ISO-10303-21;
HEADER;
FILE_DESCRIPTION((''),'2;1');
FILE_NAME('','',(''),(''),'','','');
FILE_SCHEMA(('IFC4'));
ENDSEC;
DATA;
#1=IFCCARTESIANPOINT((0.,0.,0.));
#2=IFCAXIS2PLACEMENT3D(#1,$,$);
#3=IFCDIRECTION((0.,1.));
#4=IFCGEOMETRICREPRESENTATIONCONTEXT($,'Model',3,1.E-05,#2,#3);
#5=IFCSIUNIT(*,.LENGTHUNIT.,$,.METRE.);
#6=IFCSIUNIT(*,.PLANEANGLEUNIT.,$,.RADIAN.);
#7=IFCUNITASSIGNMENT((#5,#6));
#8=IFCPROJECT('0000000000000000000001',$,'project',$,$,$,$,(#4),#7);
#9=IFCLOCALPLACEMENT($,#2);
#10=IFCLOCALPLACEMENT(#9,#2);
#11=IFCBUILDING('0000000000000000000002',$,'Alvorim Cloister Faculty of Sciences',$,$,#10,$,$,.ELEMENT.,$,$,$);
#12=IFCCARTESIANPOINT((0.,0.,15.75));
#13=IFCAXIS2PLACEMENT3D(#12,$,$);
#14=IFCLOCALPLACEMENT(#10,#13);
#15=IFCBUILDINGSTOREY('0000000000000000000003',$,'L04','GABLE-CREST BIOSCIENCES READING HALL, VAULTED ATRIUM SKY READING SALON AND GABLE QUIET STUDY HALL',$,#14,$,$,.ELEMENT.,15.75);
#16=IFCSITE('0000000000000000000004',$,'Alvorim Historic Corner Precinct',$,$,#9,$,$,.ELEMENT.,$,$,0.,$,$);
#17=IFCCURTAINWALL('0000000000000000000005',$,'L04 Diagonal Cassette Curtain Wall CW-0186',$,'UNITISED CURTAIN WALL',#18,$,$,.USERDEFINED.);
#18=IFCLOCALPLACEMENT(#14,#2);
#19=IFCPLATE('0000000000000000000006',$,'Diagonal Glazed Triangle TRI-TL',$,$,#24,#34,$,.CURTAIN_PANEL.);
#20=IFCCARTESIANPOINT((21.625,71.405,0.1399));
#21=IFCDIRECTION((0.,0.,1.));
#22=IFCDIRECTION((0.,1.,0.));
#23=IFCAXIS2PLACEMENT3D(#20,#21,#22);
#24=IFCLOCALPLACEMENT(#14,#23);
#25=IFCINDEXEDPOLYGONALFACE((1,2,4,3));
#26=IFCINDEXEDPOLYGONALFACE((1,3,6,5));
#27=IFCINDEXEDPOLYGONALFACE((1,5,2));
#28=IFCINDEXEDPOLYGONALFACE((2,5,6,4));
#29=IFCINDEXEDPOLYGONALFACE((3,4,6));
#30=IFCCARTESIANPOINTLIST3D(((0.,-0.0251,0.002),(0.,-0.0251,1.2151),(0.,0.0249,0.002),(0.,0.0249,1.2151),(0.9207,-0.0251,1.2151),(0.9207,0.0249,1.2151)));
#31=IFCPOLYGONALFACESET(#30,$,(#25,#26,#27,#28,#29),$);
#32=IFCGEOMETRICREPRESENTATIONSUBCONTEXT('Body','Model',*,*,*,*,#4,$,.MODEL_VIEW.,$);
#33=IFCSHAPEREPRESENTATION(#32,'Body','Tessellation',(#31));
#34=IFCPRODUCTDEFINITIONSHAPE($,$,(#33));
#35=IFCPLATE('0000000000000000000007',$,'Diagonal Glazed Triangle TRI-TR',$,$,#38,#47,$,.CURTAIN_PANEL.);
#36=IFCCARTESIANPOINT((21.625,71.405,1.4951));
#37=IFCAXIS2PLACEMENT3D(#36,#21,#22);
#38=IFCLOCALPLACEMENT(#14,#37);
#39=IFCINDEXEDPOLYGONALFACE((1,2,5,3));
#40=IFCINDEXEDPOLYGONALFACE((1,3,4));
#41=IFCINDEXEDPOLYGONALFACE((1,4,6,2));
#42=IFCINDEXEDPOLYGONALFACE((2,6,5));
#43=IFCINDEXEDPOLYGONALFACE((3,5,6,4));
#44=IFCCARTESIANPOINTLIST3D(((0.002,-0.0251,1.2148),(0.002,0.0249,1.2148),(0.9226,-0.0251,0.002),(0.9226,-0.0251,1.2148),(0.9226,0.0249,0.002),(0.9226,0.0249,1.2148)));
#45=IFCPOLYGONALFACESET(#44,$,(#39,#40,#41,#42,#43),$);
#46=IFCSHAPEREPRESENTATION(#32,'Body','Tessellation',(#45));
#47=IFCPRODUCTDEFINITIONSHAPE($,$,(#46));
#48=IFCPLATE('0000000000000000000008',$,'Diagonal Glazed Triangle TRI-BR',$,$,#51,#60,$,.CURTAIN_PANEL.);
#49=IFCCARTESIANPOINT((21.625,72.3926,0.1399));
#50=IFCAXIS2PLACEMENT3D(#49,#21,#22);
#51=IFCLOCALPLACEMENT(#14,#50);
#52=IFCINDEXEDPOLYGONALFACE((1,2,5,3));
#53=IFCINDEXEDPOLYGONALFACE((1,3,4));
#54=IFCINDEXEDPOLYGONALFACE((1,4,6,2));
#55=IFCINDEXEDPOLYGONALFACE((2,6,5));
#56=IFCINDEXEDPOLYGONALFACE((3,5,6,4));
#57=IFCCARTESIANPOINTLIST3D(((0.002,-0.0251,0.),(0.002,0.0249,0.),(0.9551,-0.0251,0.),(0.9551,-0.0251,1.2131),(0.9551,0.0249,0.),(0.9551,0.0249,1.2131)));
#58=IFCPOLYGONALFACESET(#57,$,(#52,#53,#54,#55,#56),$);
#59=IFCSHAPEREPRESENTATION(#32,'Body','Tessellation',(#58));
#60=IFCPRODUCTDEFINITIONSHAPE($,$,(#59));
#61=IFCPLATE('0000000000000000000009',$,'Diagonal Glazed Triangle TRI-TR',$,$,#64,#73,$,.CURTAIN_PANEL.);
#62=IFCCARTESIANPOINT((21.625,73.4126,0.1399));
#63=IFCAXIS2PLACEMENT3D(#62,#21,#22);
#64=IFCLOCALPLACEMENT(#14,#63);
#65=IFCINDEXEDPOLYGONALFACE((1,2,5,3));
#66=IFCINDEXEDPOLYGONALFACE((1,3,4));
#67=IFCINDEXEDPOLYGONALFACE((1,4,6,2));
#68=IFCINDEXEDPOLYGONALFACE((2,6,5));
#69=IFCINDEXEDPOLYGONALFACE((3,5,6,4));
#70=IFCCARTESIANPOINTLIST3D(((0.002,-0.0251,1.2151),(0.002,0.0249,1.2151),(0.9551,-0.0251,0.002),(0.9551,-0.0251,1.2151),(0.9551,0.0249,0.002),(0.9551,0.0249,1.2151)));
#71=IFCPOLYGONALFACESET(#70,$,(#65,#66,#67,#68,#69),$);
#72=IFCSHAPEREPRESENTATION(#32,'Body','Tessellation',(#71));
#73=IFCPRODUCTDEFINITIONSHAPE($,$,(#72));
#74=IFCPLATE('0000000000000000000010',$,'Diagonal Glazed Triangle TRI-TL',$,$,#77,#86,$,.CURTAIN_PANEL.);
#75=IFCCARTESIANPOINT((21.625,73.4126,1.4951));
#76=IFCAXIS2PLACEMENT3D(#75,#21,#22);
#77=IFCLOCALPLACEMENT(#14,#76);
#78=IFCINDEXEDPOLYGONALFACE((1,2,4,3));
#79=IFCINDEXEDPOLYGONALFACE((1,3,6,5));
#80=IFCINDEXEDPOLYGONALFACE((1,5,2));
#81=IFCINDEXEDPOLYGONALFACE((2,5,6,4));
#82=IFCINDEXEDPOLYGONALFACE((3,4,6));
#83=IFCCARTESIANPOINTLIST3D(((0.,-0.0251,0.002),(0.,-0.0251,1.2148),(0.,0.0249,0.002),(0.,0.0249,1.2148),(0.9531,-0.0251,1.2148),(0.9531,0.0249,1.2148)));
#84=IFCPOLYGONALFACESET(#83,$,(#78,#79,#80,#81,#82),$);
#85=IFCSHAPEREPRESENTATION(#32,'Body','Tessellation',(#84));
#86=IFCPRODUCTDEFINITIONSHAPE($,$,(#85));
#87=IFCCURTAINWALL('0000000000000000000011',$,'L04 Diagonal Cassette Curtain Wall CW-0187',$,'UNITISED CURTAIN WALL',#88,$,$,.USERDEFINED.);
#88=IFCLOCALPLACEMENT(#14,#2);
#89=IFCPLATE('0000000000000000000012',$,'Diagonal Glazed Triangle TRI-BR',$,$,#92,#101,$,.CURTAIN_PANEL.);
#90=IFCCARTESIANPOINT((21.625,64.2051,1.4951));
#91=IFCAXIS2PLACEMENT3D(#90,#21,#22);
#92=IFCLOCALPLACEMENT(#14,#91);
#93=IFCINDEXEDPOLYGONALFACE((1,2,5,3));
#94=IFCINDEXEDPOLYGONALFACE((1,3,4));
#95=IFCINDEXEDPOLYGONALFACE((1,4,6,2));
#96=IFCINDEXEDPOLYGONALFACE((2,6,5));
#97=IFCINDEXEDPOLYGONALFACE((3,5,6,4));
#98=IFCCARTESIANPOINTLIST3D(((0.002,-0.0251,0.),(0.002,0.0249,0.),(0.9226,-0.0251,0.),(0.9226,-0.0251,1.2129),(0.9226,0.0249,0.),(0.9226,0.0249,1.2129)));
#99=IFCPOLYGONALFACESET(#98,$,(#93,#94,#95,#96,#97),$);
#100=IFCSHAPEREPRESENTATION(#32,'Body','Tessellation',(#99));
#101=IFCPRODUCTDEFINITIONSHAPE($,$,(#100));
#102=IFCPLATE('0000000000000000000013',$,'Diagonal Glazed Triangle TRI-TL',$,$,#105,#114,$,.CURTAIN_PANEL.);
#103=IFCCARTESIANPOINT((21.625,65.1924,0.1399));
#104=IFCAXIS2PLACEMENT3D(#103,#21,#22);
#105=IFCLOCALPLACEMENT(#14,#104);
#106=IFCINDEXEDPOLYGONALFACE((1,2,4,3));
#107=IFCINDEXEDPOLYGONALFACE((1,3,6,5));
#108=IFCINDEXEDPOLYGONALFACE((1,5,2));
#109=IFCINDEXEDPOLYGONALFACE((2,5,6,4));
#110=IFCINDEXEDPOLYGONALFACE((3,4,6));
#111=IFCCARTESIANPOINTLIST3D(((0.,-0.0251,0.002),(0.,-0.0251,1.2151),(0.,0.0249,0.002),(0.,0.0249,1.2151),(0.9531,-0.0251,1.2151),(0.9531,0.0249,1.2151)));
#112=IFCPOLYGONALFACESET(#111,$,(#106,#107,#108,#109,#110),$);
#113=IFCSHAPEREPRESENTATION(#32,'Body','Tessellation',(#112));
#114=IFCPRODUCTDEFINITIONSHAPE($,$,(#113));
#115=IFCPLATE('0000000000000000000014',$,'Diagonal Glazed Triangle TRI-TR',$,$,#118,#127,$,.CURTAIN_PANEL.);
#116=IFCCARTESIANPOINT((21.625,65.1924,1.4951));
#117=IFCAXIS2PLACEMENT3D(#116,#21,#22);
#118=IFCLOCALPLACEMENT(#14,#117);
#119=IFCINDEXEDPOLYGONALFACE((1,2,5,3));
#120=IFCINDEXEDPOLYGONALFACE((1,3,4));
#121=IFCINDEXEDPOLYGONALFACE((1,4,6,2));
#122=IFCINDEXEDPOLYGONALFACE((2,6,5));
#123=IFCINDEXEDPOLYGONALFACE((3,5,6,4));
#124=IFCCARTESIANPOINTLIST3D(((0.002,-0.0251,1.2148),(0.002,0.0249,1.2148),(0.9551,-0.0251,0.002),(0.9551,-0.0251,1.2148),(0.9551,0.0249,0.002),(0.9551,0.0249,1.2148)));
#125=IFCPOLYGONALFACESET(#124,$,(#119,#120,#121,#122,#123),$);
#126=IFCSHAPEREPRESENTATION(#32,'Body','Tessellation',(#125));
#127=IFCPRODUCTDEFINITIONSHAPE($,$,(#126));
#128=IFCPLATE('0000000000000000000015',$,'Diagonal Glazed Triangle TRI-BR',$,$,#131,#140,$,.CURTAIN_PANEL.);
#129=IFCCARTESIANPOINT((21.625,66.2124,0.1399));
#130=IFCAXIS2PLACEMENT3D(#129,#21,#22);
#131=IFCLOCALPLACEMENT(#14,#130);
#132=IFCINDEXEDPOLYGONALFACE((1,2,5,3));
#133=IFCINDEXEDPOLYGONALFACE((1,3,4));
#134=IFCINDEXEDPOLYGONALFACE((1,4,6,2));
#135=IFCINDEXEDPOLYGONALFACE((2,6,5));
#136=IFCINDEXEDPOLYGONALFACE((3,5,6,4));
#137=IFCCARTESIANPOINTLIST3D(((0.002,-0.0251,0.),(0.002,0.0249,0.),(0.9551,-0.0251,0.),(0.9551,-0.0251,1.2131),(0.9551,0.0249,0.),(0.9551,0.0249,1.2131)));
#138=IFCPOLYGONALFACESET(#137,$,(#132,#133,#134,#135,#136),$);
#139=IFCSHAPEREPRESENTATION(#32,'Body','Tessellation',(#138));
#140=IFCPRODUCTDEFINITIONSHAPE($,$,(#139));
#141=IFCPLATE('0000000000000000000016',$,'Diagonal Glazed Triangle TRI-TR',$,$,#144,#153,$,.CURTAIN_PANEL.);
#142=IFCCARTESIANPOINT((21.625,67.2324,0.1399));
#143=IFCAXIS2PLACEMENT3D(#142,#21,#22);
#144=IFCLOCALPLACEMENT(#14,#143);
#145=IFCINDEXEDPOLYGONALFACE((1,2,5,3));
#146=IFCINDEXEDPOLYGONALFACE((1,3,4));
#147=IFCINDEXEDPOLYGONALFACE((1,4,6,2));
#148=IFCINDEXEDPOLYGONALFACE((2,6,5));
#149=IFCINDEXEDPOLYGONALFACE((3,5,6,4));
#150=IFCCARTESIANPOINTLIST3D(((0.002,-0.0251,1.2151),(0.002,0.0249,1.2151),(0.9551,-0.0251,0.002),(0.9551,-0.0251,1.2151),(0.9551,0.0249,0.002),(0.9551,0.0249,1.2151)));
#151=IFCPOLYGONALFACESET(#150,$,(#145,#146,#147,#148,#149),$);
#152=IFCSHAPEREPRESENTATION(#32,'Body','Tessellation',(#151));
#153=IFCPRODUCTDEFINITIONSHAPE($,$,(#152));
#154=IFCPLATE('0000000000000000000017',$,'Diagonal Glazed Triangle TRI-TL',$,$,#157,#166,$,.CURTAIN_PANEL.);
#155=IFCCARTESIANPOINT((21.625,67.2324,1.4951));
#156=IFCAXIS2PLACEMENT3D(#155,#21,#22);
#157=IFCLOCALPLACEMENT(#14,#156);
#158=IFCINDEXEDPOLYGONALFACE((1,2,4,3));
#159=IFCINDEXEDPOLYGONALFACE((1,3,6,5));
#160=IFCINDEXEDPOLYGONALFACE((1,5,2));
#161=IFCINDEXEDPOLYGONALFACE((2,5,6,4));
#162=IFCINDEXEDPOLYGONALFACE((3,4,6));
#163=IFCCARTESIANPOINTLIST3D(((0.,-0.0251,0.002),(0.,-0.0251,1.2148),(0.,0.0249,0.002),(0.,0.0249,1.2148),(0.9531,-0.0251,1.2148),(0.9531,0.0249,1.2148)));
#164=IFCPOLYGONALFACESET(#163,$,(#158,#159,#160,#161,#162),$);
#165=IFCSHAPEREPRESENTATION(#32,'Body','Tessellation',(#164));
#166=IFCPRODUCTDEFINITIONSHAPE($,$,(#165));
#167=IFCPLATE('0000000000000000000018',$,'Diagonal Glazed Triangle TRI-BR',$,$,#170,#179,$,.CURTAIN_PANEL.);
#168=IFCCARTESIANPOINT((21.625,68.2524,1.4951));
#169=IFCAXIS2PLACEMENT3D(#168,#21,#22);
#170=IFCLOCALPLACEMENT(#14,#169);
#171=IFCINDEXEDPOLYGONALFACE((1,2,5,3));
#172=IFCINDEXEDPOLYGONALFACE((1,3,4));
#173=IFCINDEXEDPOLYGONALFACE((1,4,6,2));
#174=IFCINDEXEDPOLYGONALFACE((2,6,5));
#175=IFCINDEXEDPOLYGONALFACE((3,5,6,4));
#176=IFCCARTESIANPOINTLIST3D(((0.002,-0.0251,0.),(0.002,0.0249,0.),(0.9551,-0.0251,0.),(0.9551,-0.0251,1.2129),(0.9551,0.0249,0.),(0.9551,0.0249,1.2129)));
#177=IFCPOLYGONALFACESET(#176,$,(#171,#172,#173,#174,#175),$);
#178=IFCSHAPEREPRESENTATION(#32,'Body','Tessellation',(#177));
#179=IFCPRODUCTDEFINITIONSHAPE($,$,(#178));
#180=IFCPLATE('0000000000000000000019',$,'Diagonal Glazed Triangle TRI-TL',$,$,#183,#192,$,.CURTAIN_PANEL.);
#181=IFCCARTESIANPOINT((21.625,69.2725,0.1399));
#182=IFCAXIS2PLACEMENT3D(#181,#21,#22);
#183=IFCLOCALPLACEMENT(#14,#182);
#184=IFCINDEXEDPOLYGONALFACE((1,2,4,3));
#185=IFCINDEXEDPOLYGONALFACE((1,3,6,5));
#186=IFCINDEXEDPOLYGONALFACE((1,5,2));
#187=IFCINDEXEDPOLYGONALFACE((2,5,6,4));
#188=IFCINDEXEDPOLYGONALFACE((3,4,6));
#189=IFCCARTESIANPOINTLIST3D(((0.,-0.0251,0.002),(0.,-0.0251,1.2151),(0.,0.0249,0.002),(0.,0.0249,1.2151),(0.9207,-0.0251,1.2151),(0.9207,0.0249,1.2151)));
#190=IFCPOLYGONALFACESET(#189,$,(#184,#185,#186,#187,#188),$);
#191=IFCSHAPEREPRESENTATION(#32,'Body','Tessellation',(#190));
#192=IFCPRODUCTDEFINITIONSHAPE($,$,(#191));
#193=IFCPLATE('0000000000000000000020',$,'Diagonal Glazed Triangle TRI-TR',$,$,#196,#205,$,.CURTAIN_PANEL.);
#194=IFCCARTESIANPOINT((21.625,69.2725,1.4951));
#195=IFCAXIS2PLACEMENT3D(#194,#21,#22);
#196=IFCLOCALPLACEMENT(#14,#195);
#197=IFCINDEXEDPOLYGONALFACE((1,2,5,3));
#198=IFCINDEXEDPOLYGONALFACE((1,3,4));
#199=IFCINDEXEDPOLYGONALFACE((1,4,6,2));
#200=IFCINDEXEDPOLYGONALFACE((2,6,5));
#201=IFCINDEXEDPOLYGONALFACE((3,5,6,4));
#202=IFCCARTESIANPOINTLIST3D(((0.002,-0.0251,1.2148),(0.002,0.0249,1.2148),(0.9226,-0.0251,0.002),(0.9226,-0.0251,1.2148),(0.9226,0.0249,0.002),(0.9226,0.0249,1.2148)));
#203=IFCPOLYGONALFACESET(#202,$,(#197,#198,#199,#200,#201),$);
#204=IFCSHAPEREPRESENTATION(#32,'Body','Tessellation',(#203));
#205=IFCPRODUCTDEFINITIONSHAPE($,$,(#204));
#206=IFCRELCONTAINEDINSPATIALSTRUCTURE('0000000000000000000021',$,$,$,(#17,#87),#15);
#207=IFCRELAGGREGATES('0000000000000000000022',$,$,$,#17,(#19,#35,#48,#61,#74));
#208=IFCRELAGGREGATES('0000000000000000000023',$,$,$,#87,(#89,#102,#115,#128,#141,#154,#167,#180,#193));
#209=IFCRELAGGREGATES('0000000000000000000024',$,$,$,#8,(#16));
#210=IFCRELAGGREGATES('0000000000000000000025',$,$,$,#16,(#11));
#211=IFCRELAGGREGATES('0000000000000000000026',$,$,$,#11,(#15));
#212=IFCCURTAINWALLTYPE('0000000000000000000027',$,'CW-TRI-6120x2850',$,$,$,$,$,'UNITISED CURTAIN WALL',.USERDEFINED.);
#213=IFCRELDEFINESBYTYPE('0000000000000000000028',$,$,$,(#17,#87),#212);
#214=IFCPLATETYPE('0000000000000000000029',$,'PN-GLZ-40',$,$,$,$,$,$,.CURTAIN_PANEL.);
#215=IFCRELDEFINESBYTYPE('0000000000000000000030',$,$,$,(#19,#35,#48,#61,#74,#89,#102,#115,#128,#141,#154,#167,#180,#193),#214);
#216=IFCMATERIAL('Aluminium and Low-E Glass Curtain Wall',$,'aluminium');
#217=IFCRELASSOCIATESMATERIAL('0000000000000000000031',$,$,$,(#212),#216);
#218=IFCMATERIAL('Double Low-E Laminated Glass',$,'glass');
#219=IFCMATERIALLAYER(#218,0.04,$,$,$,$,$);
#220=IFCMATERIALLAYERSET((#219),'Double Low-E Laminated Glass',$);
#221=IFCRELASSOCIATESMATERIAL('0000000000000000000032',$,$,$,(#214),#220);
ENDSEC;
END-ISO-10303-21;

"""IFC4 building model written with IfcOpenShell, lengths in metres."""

from ifc_helpers import new_model, si_unit, direction, frame, origin, place, context, subcontext, project, spatial, polyline, outline, extrude, material, layer, layer_set, type_object, element, aggregate, save


model = new_model("IFC4")

# Units and contexts
model_context = context("Model", 3, precision=1e-05, world=origin(), true_north=direction((0.0, 1.0)))
body_context = subcontext(model_context, "Body", "Model", "MODEL_VIEW")
ifc_project = project(units=[si_unit("LENGTHUNIT", "METRE"), si_unit("PLANEANGLEUNIT", "RADIAN")], contexts=[model_context])

# Site, building, storey
site_placement = place(None, origin())
site = spatial("IfcSite", under=ifc_project, at=site_placement, Name="Alvorim Historic Corner Precinct", CompositionType="ELEMENT", RefElevation=0.0)
building_placement = place(site_placement, origin())
building = spatial("IfcBuilding", under=site, at=building_placement, Name="Alvorim Cloister Faculty of Sciences", CompositionType="ELEMENT")
storey_placement = place(building_placement, frame((0.0, 0.0, 15.75)))
storey = spatial("IfcBuildingStorey", under=building, at=storey_placement, Name="L04", Description="GABLE-CREST BIOSCIENCES READING HALL, VAULTED ATRIUM SKY READING SALON AND GABLE QUIET STUDY HALL", CompositionType="ELEMENT", Elevation=15.75)

# Curtain walls, plates
ifc_material_1 = material(Name="Aluminium and Low-E Glass Curtain Wall", Category="aluminium")
curtain_wall_type = type_object("IfcCurtainWallType", Name="CW-TRI-6120x2850", ElementType="UNITISED CURTAIN WALL", PredefinedType="USERDEFINED", material=ifc_material_1)
curtain_wall_1_placement = place(storey_placement, origin())
curtain_wall_1 = element("IfcCurtainWall", 1, at=curtain_wall_1_placement, inside=storey, type_object=curtain_wall_type, Name="L04 Diagonal Cassette Curtain Wall CW-0186", ObjectType="UNITISED CURTAIN WALL", PredefinedType="USERDEFINED")
ifc_material_2 = material(Name="Double Low-E Laminated Glass", Category="glass")
ifc_layer = layer(ifc_material_2, 0.04)
ifc_layer_set = layer_set([ifc_layer], Name="Double Low-E Laminated Glass")
plate_type = type_object("IfcPlateType", Name="PN-GLZ-40", PredefinedType="CURTAIN_PANEL", material=ifc_layer_set)
plate_1_placement = place(storey_placement, frame((21.625, 71.405, 0.1399), z_axis=(0.0, 0.0, 1.0), x_axis=(0.0, 1.0, 0.0)))
plate_1 = element("IfcPlate", 2, at=plate_1_placement, type_object=plate_type, Name="Diagonal Glazed Triangle TRI-TL", PredefinedType="CURTAIN_PANEL", context=body_context, shape_type="SweptSolid", body=[
    extrude(outline(polyline([(0.9207, 1.2151), (0.0, 1.2151), (0.0, 0.002), (0.9207, 1.2151)])), frame((0.0, 0.0249, 0.0), z_axis=(0.0, -1.0, 0.0), x_axis=(1.0, 0.0, 0.0)), (0.0, 0.0, 1.0), 0.05),
])
plate_2_placement = place(storey_placement, frame((21.625, 71.405, 1.4951), z_axis=(0.0, 0.0, 1.0), x_axis=(0.0, 1.0, 0.0)))
plate_2 = element("IfcPlate", 3, at=plate_2_placement, type_object=plate_type, Name="Diagonal Glazed Triangle TRI-TR", PredefinedType="CURTAIN_PANEL", context=body_context, shape_type="SweptSolid", body=[
    extrude(outline(polyline([(0.9226, 0.002), (0.9226, 1.2148), (0.002, 1.2148), (0.9226, 0.002)])), frame((0.0, 0.0249, 0.0), z_axis=(0.0, -1.0, 0.0), x_axis=(1.0, 0.0, 0.0)), (0.0, 0.0, 1.0), 0.05),
])
plate_3_placement = place(storey_placement, frame((21.625, 72.3926, 0.1399), z_axis=(0.0, 0.0, 1.0), x_axis=(0.0, 1.0, 0.0)))
plate_3 = element("IfcPlate", 4, at=plate_3_placement, type_object=plate_type, Name="Diagonal Glazed Triangle TRI-BR", PredefinedType="CURTAIN_PANEL", context=body_context, shape_type="SweptSolid", body=[
    extrude(outline(polyline([(0.002, 0.0), (0.9551, 0.0), (0.9551, 1.2131), (0.002, 0.0)])), frame((0.0, 0.0249, 0.0), z_axis=(0.0, -1.0, 0.0), x_axis=(1.0, 0.0, 0.0)), (0.0, 0.0, 1.0), 0.05),
])
plate_4_placement = place(storey_placement, frame((21.625, 73.4126, 0.1399), z_axis=(0.0, 0.0, 1.0), x_axis=(0.0, 1.0, 0.0)))
plate_4 = element("IfcPlate", 5, at=plate_4_placement, type_object=plate_type, Name="Diagonal Glazed Triangle TRI-TR", PredefinedType="CURTAIN_PANEL", context=body_context, shape_type="SweptSolid", body=[
    extrude(outline(polyline([(0.9551, 0.002), (0.9551, 1.2151), (0.002, 1.2151), (0.9551, 0.002)])), frame((0.0, 0.0249, 0.0), z_axis=(0.0, -1.0, 0.0), x_axis=(1.0, 0.0, 0.0)), (0.0, 0.0, 1.0), 0.05),
])
plate_5_placement = place(storey_placement, frame((21.625, 73.4126, 1.4951), z_axis=(0.0, 0.0, 1.0), x_axis=(0.0, 1.0, 0.0)))
plate_5 = element("IfcPlate", 6, at=plate_5_placement, type_object=plate_type, Name="Diagonal Glazed Triangle TRI-TL", PredefinedType="CURTAIN_PANEL", context=body_context, shape_type="SweptSolid", body=[
    extrude(outline(polyline([(0.9531, 1.2148), (0.0, 1.2148), (0.0, 0.002), (0.9531, 1.2148)])), frame((0.0, 0.0249, 0.0), z_axis=(0.0, -1.0, 0.0), x_axis=(1.0, 0.0, 0.0)), (0.0, 0.0, 1.0), 0.05),
])
aggregate(curtain_wall_1, [plate_1, plate_2, plate_3, plate_4, plate_5])
curtain_wall_2_placement = place(storey_placement, origin())
curtain_wall_2 = element("IfcCurtainWall", 7, at=curtain_wall_2_placement, inside=storey, type_object=curtain_wall_type, Name="L04 Diagonal Cassette Curtain Wall CW-0187", ObjectType="UNITISED CURTAIN WALL", PredefinedType="USERDEFINED")
plate_6_placement = place(storey_placement, frame((21.625, 64.2051, 1.4951), z_axis=(0.0, 0.0, 1.0), x_axis=(0.0, 1.0, 0.0)))
plate_6 = element("IfcPlate", 8, at=plate_6_placement, type_object=plate_type, Name="Diagonal Glazed Triangle TRI-BR", PredefinedType="CURTAIN_PANEL", context=body_context, shape_type="SweptSolid", body=[
    extrude(outline(polyline([(0.002, 0.0), (0.9226, 0.0), (0.9226, 1.2129), (0.002, 0.0)])), frame((0.0, 0.0249, 0.0), z_axis=(0.0, -1.0, 0.0), x_axis=(1.0, 0.0, 0.0)), (0.0, 0.0, 1.0), 0.05),
])
plate_7_placement = place(storey_placement, frame((21.625, 65.1924, 0.1399), z_axis=(0.0, 0.0, 1.0), x_axis=(0.0, 1.0, 0.0)))
plate_7 = element("IfcPlate", 9, at=plate_7_placement, type_object=plate_type, Name="Diagonal Glazed Triangle TRI-TL", PredefinedType="CURTAIN_PANEL", context=body_context, shape_type="SweptSolid", body=[
    extrude(outline(polyline([(0.9531, 1.2151), (0.0, 1.2151), (0.0, 0.002), (0.9531, 1.2151)])), frame((0.0, 0.0249, 0.0), z_axis=(0.0, -1.0, 0.0), x_axis=(1.0, 0.0, 0.0)), (0.0, 0.0, 1.0), 0.05),
])
plate_8_placement = place(storey_placement, frame((21.625, 65.1924, 1.4951), z_axis=(0.0, 0.0, 1.0), x_axis=(0.0, 1.0, 0.0)))
plate_8 = element("IfcPlate", 10, at=plate_8_placement, type_object=plate_type, Name="Diagonal Glazed Triangle TRI-TR", PredefinedType="CURTAIN_PANEL", context=body_context, shape_type="SweptSolid", body=[
    extrude(outline(polyline([(0.9551, 0.002), (0.9551, 1.2148), (0.002, 1.2148), (0.9551, 0.002)])), frame((0.0, 0.0249, 0.0), z_axis=(0.0, -1.0, 0.0), x_axis=(1.0, 0.0, 0.0)), (0.0, 0.0, 1.0), 0.05),
])
plate_9_placement = place(storey_placement, frame((21.625, 66.2124, 0.1399), z_axis=(0.0, 0.0, 1.0), x_axis=(0.0, 1.0, 0.0)))
plate_9 = element("IfcPlate", 11, at=plate_9_placement, type_object=plate_type, Name="Diagonal Glazed Triangle TRI-BR", PredefinedType="CURTAIN_PANEL", context=body_context, shape_type="SweptSolid", body=[
    extrude(outline(polyline([(0.002, 0.0), (0.9551, 0.0), (0.9551, 1.2131), (0.002, 0.0)])), frame((0.0, 0.0249, 0.0), z_axis=(0.0, -1.0, 0.0), x_axis=(1.0, 0.0, 0.0)), (0.0, 0.0, 1.0), 0.05),
])
plate_10_placement = place(storey_placement, frame((21.625, 67.2324, 0.1399), z_axis=(0.0, 0.0, 1.0), x_axis=(0.0, 1.0, 0.0)))
plate_10 = element("IfcPlate", 12, at=plate_10_placement, type_object=plate_type, Name="Diagonal Glazed Triangle TRI-TR", PredefinedType="CURTAIN_PANEL", context=body_context, shape_type="SweptSolid", body=[
    extrude(outline(polyline([(0.9551, 0.002), (0.9551, 1.2151), (0.002, 1.2151), (0.9551, 0.002)])), frame((0.0, 0.0249, 0.0), z_axis=(0.0, -1.0, 0.0), x_axis=(1.0, 0.0, 0.0)), (0.0, 0.0, 1.0), 0.05),
])
plate_11_placement = place(storey_placement, frame((21.625, 67.2324, 1.4951), z_axis=(0.0, 0.0, 1.0), x_axis=(0.0, 1.0, 0.0)))
plate_11 = element("IfcPlate", 13, at=plate_11_placement, type_object=plate_type, Name="Diagonal Glazed Triangle TRI-TL", PredefinedType="CURTAIN_PANEL", context=body_context, shape_type="SweptSolid", body=[
    extrude(outline(polyline([(0.9531, 1.2148), (0.0, 1.2148), (0.0, 0.002), (0.9531, 1.2148)])), frame((0.0, 0.0249, 0.0), z_axis=(0.0, -1.0, 0.0), x_axis=(1.0, 0.0, 0.0)), (0.0, 0.0, 1.0), 0.05),
])
plate_12_placement = place(storey_placement, frame((21.625, 68.2524, 1.4951), z_axis=(0.0, 0.0, 1.0), x_axis=(0.0, 1.0, 0.0)))
plate_12 = element("IfcPlate", 14, at=plate_12_placement, type_object=plate_type, Name="Diagonal Glazed Triangle TRI-BR", PredefinedType="CURTAIN_PANEL", context=body_context, shape_type="SweptSolid", body=[
    extrude(outline(polyline([(0.002, 0.0), (0.9551, 0.0), (0.9551, 1.2129), (0.002, 0.0)])), frame((0.0, 0.0249, 0.0), z_axis=(0.0, -1.0, 0.0), x_axis=(1.0, 0.0, 0.0)), (0.0, 0.0, 1.0), 0.05),
])
plate_13_placement = place(storey_placement, frame((21.625, 69.2725, 0.1399), z_axis=(0.0, 0.0, 1.0), x_axis=(0.0, 1.0, 0.0)))
plate_13 = element("IfcPlate", 15, at=plate_13_placement, type_object=plate_type, Name="Diagonal Glazed Triangle TRI-TL", PredefinedType="CURTAIN_PANEL", context=body_context, shape_type="SweptSolid", body=[
    extrude(outline(polyline([(0.9207, 1.2151), (0.0, 1.2151), (0.0, 0.002), (0.9207, 1.2151)])), frame((0.0, 0.0249, 0.0), z_axis=(0.0, -1.0, 0.0), x_axis=(1.0, 0.0, 0.0)), (0.0, 0.0, 1.0), 0.05),
])
plate_14_placement = place(storey_placement, frame((21.625, 69.2725, 1.4951), z_axis=(0.0, 0.0, 1.0), x_axis=(0.0, 1.0, 0.0)))
plate_14 = element("IfcPlate", 16, at=plate_14_placement, type_object=plate_type, Name="Diagonal Glazed Triangle TRI-TR", PredefinedType="CURTAIN_PANEL", context=body_context, shape_type="SweptSolid", body=[
    extrude(outline(polyline([(0.9226, 0.002), (0.9226, 1.2148), (0.002, 1.2148), (0.9226, 0.002)])), frame((0.0, 0.0249, 0.0), z_axis=(0.0, -1.0, 0.0), x_axis=(1.0, 0.0, 0.0)), (0.0, 0.0, 1.0), 0.05),
])
aggregate(curtain_wall_2, [plate_6, plate_7, plate_8, plate_9, plate_10, plate_11, plate_12, plate_13, plate_14])

save(model, "model.ifc")
